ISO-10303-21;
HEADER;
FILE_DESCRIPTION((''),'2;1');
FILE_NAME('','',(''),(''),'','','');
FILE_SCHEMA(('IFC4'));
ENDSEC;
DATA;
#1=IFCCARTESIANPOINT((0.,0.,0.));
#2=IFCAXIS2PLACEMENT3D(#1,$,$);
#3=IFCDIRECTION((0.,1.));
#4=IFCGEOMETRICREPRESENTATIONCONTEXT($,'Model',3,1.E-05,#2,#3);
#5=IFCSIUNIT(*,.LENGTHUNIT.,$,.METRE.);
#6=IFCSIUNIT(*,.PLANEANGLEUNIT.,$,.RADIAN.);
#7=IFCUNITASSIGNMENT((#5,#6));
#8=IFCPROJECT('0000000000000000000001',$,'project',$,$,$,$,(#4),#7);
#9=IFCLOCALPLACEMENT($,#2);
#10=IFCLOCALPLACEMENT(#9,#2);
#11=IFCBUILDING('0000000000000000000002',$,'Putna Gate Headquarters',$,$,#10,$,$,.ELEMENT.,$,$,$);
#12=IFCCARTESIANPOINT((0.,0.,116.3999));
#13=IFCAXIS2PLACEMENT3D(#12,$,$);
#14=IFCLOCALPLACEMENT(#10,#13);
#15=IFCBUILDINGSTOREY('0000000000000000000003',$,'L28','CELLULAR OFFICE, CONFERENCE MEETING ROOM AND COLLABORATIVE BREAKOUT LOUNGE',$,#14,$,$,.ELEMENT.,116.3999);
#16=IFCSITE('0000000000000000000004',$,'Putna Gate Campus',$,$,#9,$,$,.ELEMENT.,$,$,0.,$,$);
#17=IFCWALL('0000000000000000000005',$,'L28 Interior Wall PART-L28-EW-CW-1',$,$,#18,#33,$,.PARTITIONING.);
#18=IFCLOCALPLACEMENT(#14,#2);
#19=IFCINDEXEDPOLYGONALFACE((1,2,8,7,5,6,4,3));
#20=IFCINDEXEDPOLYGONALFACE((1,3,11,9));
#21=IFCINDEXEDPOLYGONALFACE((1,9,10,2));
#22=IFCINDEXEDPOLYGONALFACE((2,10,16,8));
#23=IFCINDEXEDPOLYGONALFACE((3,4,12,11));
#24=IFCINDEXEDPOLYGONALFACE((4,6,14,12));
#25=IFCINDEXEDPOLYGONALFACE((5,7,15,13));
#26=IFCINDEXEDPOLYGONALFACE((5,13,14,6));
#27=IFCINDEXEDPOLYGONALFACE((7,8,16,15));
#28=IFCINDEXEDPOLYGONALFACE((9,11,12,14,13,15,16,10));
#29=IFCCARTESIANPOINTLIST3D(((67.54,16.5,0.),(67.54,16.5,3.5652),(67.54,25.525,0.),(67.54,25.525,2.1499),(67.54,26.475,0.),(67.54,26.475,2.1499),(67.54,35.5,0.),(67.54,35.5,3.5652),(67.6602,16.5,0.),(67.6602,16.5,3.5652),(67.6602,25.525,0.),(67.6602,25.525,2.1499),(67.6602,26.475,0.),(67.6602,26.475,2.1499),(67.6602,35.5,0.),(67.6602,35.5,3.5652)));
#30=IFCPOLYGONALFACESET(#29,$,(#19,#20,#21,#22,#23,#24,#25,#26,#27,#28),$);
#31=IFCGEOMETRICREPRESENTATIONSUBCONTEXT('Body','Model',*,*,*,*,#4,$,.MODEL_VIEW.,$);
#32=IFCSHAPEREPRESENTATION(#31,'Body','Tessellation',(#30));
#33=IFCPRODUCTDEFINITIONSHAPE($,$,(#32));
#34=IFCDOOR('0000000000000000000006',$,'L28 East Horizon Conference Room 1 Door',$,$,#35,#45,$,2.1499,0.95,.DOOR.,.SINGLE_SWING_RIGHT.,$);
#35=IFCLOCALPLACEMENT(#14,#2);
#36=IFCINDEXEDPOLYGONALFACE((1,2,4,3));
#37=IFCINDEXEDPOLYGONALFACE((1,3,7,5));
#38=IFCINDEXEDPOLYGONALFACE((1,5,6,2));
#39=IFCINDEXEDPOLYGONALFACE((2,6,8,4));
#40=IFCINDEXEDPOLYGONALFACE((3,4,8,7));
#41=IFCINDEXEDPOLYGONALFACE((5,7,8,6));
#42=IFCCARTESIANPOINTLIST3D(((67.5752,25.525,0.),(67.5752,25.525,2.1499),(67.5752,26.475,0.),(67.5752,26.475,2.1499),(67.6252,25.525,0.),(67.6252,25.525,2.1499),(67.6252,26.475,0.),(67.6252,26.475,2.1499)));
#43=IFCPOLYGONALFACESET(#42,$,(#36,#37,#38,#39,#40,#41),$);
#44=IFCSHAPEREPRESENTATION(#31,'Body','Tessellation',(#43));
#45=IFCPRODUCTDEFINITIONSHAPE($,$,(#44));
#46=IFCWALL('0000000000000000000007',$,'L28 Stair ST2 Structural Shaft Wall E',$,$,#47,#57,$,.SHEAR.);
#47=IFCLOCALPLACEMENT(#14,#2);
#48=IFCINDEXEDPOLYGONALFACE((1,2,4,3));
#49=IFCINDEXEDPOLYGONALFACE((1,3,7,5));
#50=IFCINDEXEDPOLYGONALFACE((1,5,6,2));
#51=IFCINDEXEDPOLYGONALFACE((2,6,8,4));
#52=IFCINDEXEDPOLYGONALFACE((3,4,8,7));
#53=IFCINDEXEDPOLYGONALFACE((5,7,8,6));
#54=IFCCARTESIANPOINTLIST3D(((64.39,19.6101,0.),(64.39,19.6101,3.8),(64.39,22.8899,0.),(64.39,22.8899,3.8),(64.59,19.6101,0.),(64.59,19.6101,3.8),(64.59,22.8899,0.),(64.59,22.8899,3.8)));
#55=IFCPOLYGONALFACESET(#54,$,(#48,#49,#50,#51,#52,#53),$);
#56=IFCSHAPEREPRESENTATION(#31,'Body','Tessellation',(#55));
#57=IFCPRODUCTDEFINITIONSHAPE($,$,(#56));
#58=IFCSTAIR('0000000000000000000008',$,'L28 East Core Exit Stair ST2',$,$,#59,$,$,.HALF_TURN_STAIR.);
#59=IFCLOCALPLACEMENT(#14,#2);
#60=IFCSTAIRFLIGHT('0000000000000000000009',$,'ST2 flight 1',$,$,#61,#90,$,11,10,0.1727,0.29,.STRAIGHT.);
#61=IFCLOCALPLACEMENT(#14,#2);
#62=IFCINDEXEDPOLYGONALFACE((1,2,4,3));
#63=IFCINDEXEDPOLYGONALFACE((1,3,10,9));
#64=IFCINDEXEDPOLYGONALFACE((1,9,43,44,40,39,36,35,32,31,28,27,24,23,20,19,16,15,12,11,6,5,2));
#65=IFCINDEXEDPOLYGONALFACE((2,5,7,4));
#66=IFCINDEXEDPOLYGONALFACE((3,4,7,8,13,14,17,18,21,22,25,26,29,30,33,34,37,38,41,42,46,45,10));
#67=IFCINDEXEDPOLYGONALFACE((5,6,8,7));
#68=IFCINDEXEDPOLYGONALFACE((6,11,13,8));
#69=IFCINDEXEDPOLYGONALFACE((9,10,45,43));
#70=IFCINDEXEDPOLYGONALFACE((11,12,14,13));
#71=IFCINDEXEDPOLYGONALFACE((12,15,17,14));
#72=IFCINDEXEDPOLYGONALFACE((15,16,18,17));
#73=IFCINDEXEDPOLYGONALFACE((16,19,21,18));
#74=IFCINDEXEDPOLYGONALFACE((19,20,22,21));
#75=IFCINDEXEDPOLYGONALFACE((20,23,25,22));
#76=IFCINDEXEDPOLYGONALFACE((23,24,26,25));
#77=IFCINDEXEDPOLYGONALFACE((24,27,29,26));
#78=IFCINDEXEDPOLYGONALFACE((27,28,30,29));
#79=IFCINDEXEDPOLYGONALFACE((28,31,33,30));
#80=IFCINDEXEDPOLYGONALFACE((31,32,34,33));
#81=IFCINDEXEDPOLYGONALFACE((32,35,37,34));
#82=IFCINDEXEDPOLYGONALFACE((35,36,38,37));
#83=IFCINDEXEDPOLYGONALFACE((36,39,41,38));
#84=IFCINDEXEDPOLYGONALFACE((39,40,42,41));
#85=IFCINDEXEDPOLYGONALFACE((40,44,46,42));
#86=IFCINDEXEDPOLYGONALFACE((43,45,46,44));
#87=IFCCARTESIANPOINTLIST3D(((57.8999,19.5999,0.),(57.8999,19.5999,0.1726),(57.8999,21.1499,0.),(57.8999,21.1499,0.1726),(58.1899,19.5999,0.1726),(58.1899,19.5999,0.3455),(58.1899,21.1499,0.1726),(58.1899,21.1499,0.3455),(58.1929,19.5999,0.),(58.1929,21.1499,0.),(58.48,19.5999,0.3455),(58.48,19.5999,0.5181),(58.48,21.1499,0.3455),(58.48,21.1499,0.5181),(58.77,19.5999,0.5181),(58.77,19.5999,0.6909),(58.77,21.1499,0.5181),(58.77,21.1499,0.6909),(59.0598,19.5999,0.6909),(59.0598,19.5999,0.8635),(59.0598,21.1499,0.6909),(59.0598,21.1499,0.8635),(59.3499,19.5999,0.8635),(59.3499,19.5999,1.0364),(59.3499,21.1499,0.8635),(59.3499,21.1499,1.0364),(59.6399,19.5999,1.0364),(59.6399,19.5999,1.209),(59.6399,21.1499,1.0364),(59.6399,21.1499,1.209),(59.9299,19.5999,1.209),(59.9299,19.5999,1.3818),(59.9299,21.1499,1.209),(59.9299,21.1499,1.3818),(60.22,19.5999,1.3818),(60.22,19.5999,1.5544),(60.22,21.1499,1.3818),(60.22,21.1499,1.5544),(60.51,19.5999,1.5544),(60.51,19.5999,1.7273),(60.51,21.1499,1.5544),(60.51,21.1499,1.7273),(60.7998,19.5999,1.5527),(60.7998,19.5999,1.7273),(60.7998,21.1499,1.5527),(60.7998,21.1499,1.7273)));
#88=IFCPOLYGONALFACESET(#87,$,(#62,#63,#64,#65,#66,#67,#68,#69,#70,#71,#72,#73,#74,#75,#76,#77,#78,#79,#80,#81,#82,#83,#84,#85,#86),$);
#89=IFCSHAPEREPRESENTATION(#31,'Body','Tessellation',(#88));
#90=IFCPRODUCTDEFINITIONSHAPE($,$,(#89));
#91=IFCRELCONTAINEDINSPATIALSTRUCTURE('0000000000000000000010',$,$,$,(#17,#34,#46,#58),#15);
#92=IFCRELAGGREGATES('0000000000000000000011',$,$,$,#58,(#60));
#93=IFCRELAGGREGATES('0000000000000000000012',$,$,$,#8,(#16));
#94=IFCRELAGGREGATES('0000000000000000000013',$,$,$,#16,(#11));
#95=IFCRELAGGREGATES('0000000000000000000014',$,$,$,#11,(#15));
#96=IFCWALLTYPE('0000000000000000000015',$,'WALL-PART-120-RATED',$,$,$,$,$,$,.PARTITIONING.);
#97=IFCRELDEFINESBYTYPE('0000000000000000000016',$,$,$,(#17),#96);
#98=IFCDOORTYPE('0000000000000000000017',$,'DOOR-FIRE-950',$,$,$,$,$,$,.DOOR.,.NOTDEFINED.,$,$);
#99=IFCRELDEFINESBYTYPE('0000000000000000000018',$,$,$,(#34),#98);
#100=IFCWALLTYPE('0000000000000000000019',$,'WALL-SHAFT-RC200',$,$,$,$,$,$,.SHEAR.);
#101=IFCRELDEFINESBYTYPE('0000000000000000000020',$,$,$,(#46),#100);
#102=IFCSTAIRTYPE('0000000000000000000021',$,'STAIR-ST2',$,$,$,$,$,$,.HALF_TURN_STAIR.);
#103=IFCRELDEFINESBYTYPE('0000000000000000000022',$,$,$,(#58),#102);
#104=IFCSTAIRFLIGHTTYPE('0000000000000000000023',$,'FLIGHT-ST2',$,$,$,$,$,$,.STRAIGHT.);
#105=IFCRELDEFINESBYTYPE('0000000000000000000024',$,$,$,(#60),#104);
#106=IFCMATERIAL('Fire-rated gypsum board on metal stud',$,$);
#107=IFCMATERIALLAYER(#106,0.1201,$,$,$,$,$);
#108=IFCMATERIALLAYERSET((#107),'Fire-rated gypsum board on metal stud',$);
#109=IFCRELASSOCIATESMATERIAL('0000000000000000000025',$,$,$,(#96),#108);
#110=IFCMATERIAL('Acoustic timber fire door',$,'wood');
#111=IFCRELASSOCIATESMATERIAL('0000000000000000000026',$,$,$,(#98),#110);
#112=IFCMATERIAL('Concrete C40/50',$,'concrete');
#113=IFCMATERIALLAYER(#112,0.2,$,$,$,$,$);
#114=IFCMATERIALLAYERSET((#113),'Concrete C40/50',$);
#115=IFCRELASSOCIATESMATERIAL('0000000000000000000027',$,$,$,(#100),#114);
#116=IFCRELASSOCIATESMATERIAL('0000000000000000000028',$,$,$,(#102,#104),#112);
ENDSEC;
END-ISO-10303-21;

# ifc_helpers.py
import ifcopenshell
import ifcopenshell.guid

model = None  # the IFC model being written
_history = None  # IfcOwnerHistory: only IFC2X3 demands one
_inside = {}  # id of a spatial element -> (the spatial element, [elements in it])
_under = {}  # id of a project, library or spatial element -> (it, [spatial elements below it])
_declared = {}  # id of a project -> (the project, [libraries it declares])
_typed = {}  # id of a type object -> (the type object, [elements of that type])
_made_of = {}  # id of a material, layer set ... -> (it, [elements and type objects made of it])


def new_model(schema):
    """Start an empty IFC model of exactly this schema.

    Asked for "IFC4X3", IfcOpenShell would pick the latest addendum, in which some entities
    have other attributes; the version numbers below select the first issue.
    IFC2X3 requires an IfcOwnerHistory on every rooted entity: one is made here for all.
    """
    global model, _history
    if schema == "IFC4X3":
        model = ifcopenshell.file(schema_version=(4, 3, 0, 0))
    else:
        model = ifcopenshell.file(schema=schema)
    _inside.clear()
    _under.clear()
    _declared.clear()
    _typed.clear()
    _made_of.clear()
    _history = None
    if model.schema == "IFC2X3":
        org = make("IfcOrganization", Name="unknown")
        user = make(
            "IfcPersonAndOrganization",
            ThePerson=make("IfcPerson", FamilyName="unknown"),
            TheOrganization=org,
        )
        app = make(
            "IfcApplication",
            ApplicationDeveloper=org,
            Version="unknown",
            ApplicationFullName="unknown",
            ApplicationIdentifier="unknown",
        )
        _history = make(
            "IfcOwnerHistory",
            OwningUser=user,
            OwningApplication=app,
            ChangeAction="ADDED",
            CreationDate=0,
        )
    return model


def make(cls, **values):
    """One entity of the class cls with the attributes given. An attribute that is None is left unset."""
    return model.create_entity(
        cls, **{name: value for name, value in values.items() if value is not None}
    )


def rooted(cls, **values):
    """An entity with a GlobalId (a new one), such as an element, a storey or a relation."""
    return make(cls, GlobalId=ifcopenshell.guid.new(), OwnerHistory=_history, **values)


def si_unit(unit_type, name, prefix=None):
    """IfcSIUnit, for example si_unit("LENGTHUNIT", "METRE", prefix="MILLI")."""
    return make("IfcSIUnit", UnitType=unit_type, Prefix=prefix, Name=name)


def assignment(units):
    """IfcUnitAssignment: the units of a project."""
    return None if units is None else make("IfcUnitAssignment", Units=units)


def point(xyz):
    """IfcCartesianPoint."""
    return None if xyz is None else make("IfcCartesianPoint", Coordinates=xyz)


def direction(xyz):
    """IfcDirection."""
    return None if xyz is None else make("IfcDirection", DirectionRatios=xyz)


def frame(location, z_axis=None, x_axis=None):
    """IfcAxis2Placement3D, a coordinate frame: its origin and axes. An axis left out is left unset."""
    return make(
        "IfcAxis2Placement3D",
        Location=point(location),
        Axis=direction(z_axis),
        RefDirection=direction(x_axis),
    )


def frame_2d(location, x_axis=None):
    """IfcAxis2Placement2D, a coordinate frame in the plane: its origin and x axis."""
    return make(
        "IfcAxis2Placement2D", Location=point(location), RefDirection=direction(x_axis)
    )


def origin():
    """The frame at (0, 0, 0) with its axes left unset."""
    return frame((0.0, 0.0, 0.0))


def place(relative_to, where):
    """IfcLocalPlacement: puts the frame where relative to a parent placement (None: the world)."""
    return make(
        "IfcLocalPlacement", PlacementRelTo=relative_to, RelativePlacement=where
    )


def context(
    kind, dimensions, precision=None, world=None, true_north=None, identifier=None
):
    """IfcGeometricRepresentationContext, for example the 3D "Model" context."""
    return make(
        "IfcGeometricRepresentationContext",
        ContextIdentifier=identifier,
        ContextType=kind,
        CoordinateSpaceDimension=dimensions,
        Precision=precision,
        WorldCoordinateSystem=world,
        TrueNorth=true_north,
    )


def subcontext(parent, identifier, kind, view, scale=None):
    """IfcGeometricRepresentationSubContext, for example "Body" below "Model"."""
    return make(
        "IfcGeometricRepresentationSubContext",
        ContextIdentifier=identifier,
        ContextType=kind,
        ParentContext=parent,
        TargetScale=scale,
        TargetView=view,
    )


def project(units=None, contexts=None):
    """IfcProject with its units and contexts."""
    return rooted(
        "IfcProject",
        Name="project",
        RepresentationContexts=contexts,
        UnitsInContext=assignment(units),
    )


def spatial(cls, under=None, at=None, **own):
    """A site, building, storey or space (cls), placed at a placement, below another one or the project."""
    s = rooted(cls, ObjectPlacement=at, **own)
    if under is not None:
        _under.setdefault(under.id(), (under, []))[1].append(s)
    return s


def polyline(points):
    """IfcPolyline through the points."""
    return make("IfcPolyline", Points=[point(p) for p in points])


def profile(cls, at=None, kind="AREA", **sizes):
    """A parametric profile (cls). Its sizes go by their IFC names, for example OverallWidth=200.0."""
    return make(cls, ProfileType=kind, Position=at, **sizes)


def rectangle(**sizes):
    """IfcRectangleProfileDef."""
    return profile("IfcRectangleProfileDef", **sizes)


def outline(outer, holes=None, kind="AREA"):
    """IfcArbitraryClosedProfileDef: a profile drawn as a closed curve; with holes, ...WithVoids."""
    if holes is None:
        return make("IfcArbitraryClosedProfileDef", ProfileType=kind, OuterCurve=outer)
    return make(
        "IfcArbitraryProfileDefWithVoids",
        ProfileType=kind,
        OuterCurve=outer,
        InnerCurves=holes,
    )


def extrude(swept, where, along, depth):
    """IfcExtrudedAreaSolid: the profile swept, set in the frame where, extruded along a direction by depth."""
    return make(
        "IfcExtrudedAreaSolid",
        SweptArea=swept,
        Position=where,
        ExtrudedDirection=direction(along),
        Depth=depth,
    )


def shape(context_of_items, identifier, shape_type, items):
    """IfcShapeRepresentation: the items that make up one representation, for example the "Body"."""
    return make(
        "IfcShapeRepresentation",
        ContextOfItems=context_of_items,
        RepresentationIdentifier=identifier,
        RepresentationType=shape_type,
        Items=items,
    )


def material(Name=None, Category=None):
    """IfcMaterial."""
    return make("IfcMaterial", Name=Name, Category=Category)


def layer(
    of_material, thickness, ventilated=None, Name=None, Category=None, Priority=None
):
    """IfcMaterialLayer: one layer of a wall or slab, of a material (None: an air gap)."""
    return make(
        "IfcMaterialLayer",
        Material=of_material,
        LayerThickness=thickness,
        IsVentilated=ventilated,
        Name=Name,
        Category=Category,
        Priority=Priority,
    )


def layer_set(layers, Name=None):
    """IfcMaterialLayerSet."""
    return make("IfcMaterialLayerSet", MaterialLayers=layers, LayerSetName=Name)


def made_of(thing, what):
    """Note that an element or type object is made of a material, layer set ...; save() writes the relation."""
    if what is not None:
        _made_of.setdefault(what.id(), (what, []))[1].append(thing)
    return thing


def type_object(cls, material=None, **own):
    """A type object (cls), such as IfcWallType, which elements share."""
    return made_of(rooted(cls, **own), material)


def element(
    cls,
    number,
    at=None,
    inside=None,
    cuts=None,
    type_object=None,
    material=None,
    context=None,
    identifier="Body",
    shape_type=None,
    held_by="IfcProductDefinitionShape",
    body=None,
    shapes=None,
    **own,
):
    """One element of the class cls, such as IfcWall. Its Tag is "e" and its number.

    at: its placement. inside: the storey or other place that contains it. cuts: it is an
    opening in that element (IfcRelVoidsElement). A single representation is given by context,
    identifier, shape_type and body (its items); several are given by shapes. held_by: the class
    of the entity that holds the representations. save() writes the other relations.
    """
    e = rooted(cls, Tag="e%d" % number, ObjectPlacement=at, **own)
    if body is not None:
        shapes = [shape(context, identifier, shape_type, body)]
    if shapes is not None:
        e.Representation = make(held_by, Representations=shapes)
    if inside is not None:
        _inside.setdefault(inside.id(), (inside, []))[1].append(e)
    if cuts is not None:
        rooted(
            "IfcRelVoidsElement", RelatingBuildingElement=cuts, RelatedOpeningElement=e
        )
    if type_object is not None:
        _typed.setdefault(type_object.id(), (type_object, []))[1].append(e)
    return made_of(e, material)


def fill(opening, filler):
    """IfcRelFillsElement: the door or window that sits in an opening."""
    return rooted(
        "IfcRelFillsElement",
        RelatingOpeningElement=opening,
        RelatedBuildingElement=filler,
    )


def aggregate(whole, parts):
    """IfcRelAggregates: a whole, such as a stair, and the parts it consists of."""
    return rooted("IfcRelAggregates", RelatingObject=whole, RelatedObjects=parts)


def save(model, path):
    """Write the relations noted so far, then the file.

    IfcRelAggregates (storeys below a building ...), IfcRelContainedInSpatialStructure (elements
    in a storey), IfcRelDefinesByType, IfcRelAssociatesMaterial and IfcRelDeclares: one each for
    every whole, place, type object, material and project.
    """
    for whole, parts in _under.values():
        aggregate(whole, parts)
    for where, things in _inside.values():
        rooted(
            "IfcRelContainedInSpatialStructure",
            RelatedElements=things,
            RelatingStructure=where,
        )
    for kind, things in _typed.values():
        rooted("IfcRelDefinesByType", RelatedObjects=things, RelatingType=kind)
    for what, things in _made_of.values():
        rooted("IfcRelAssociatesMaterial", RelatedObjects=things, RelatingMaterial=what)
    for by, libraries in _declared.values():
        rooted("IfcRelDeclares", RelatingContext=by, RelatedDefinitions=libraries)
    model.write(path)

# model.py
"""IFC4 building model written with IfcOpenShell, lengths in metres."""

from ifc_helpers import new_model, si_unit, direction, frame, frame_2d, origin, place, context, subcontext, project, spatial, polyline, rectangle, outline, extrude, material, layer, layer_set, type_object, element, fill, aggregate, save


model = new_model("IFC4")

# Units and contexts
model_context = context("Model", 3, precision=1e-05, world=origin(), true_north=direction((0.0, 1.0)))
body_context = subcontext(model_context, "Body", "Model", "MODEL_VIEW")
ifc_project = project(units=[si_unit("LENGTHUNIT", "METRE"), si_unit("PLANEANGLEUNIT", "RADIAN")], contexts=[model_context])

# Site, building, storey
site_placement = place(None, origin())
site = spatial("IfcSite", under=ifc_project, at=site_placement, Name="Putna Gate Campus", CompositionType="ELEMENT", RefElevation=0.0)
building_placement = place(site_placement, origin())
building = spatial("IfcBuilding", under=site, at=building_placement, Name="Putna Gate Headquarters", CompositionType="ELEMENT")
storey_placement = place(building_placement, frame((0.0, 0.0, 116.3999)))
storey = spatial("IfcBuildingStorey", under=building, at=storey_placement, Name="L28", Description="CELLULAR OFFICE, CONFERENCE MEETING ROOM AND COLLABORATIVE BREAKOUT LOUNGE", CompositionType="ELEMENT", Elevation=116.3999)

# Wall, opening, door
ifc_material_1 = material(Name="Fire-rated gypsum board on metal stud")
ifc_layer_1 = layer(ifc_material_1, 0.1201)
ifc_layer_set_1 = layer_set([ifc_layer_1], Name="Fire-rated gypsum board on metal stud")
wall_type_1 = type_object("IfcWallType", Name="WALL-PART-120-RATED", PredefinedType="PARTITIONING", material=ifc_layer_set_1)
ifc_material_2 = material(Name="Acoustic timber fire door", Category="wood")
door_type_1 = type_object("IfcDoorType", Name="DOOR-FIRE-950", OperationType="NOTDEFINED", PredefinedType="DOOR", material=ifc_material_2)
wall_1_placement = place(storey_placement, frame((67.6001, 16.5, 0.0), z_axis=(0.0, 0.0, 1.0), x_axis=(0.0, 1.0, 0.0)))
wall_1 = element("IfcWall", 1, at=wall_1_placement, inside=storey, type_object=wall_type_1, Name="L28 Interior Wall PART-L28-EW-CW-1", PredefinedType="PARTITIONING", context=body_context, shape_type="SweptSolid", body=[
    extrude(rectangle(XDim=19.0, YDim=0.1201, at=frame_2d((9.5, 0.0))), origin(), (0.0, 0.0, 1.0), 3.5652),
])
opening_1_placement = place(wall_1_placement, frame((9.0249, 0.0, 0.0)))
opening_1 = element("IfcOpeningElement", 2, at=opening_1_placement, cuts=wall_1, PredefinedType="OPENING", context=body_context, shape_type="SweptSolid", body=[
    extrude(rectangle(XDim=0.95, YDim=2.1499, at=frame_2d((0.4751, 1.075))), frame((0.0, 0.0701, 0.0), z_axis=(0.0, -1.0, 0.0), x_axis=(1.0, 0.0, 0.0)), (0.0, 0.0, 1.0), 0.1401),
])
door_1_placement = place(opening_1_placement, origin())
door_1 = element("IfcDoor", 3, at=door_1_placement, inside=storey, type_object=door_type_1, Name="L28 East Horizon Conference Room 1 Door", OperationType="SINGLE_SWING_RIGHT", OverallHeight=2.1499, OverallWidth=0.95, PredefinedType="DOOR", context=body_context, shape_type="SweptSolid", body=[
    extrude(rectangle(XDim=0.95, YDim=2.1499, at=frame_2d((0.4751, 1.075))), frame((0.0, 0.0249, 0.0), z_axis=(0.0, -1.0, 0.0), x_axis=(1.0, 0.0, 0.0)), (0.0, 0.0, 1.0), 0.05),
])
fill(opening_1, door_1)

# Wall
ifc_material_3 = material(Name="Concrete C40/50", Category="concrete")
ifc_layer_2 = layer(ifc_material_3, 0.2)
ifc_layer_set_2 = layer_set([ifc_layer_2], Name="Concrete C40/50")
wall_type_2 = type_object("IfcWallType", Name="WALL-SHAFT-RC200", PredefinedType="SHEAR", material=ifc_layer_set_2)
wall_2_placement = place(storey_placement, frame((64.49, 19.6101, 0.0), z_axis=(0.0, 0.0, 1.0), x_axis=(0.0, 1.0, 0.0)))
element("IfcWall", 4, at=wall_2_placement, inside=storey, type_object=wall_type_2, Name="L28 Stair ST2 Structural Shaft Wall E", PredefinedType="SHEAR", context=body_context, shape_type="SweptSolid", body=[
    extrude(rectangle(XDim=3.2798, YDim=0.2, at=frame_2d((1.6399, 0.0))), origin(), (0.0, 0.0, 1.0), 3.8),
])

# Stair, stair flight
stair_type = type_object("IfcStairType", Name="STAIR-ST2", PredefinedType="HALF_TURN_STAIR", material=ifc_material_3)
stair_placement = place(storey_placement, origin())
stair = element("IfcStair", 5, at=stair_placement, inside=storey, type_object=stair_type, Name="L28 East Core Exit Stair ST2", PredefinedType="HALF_TURN_STAIR")
stair_flight_type = type_object("IfcStairFlightType", Name="FLIGHT-ST2", PredefinedType="STRAIGHT", material=ifc_material_3)
stair_flight_placement = place(storey_placement, frame((57.8999, 20.375, 0.0), z_axis=(0.0, 0.0, 1.0), x_axis=(1.0, 0.0, 0.0)))
stair_flight = element("IfcStairFlight", 6, at=stair_flight_placement, type_object=stair_flight_type, Name="ST2 flight 1", NumberOfRisers=11, NumberOfTreads=10, PredefinedType="STRAIGHT", RiserHeight=0.1727, TreadLength=0.29, context=body_context, shape_type="SweptSolid", body=[
    extrude(outline(polyline([(0.0, 0.0), (0.0, 0.1726), (0.29, 0.1726), (0.29, 0.3455), (0.5801, 0.3455), (0.5801, 0.5181), (0.8701, 0.5181), (0.8701, 0.6909), (1.1599, 0.6909), (1.1599, 0.8635), (1.45, 0.8635), (1.45, 1.0364), (1.74, 1.0364), (1.74, 1.209), (2.03, 1.209), (2.03, 1.3818), (2.3201, 1.3818), (2.3201, 1.5544), (2.6101, 1.5544), (2.6101, 1.7273), (2.8999, 1.7273), (2.8999, 1.8999), (2.8999, 1.5527), (0.293, 0.0), (0.0, 0.0)])), frame((0.0, 0.7749, 0.0), z_axis=(0.0, -1.0, 0.0), x_axis=(1.0, 0.0, 0.0)), (0.0, 0.0, 1.0), 1.55),
])
aggregate(stair, [stair_flight])

save(model, "model.ifc")
